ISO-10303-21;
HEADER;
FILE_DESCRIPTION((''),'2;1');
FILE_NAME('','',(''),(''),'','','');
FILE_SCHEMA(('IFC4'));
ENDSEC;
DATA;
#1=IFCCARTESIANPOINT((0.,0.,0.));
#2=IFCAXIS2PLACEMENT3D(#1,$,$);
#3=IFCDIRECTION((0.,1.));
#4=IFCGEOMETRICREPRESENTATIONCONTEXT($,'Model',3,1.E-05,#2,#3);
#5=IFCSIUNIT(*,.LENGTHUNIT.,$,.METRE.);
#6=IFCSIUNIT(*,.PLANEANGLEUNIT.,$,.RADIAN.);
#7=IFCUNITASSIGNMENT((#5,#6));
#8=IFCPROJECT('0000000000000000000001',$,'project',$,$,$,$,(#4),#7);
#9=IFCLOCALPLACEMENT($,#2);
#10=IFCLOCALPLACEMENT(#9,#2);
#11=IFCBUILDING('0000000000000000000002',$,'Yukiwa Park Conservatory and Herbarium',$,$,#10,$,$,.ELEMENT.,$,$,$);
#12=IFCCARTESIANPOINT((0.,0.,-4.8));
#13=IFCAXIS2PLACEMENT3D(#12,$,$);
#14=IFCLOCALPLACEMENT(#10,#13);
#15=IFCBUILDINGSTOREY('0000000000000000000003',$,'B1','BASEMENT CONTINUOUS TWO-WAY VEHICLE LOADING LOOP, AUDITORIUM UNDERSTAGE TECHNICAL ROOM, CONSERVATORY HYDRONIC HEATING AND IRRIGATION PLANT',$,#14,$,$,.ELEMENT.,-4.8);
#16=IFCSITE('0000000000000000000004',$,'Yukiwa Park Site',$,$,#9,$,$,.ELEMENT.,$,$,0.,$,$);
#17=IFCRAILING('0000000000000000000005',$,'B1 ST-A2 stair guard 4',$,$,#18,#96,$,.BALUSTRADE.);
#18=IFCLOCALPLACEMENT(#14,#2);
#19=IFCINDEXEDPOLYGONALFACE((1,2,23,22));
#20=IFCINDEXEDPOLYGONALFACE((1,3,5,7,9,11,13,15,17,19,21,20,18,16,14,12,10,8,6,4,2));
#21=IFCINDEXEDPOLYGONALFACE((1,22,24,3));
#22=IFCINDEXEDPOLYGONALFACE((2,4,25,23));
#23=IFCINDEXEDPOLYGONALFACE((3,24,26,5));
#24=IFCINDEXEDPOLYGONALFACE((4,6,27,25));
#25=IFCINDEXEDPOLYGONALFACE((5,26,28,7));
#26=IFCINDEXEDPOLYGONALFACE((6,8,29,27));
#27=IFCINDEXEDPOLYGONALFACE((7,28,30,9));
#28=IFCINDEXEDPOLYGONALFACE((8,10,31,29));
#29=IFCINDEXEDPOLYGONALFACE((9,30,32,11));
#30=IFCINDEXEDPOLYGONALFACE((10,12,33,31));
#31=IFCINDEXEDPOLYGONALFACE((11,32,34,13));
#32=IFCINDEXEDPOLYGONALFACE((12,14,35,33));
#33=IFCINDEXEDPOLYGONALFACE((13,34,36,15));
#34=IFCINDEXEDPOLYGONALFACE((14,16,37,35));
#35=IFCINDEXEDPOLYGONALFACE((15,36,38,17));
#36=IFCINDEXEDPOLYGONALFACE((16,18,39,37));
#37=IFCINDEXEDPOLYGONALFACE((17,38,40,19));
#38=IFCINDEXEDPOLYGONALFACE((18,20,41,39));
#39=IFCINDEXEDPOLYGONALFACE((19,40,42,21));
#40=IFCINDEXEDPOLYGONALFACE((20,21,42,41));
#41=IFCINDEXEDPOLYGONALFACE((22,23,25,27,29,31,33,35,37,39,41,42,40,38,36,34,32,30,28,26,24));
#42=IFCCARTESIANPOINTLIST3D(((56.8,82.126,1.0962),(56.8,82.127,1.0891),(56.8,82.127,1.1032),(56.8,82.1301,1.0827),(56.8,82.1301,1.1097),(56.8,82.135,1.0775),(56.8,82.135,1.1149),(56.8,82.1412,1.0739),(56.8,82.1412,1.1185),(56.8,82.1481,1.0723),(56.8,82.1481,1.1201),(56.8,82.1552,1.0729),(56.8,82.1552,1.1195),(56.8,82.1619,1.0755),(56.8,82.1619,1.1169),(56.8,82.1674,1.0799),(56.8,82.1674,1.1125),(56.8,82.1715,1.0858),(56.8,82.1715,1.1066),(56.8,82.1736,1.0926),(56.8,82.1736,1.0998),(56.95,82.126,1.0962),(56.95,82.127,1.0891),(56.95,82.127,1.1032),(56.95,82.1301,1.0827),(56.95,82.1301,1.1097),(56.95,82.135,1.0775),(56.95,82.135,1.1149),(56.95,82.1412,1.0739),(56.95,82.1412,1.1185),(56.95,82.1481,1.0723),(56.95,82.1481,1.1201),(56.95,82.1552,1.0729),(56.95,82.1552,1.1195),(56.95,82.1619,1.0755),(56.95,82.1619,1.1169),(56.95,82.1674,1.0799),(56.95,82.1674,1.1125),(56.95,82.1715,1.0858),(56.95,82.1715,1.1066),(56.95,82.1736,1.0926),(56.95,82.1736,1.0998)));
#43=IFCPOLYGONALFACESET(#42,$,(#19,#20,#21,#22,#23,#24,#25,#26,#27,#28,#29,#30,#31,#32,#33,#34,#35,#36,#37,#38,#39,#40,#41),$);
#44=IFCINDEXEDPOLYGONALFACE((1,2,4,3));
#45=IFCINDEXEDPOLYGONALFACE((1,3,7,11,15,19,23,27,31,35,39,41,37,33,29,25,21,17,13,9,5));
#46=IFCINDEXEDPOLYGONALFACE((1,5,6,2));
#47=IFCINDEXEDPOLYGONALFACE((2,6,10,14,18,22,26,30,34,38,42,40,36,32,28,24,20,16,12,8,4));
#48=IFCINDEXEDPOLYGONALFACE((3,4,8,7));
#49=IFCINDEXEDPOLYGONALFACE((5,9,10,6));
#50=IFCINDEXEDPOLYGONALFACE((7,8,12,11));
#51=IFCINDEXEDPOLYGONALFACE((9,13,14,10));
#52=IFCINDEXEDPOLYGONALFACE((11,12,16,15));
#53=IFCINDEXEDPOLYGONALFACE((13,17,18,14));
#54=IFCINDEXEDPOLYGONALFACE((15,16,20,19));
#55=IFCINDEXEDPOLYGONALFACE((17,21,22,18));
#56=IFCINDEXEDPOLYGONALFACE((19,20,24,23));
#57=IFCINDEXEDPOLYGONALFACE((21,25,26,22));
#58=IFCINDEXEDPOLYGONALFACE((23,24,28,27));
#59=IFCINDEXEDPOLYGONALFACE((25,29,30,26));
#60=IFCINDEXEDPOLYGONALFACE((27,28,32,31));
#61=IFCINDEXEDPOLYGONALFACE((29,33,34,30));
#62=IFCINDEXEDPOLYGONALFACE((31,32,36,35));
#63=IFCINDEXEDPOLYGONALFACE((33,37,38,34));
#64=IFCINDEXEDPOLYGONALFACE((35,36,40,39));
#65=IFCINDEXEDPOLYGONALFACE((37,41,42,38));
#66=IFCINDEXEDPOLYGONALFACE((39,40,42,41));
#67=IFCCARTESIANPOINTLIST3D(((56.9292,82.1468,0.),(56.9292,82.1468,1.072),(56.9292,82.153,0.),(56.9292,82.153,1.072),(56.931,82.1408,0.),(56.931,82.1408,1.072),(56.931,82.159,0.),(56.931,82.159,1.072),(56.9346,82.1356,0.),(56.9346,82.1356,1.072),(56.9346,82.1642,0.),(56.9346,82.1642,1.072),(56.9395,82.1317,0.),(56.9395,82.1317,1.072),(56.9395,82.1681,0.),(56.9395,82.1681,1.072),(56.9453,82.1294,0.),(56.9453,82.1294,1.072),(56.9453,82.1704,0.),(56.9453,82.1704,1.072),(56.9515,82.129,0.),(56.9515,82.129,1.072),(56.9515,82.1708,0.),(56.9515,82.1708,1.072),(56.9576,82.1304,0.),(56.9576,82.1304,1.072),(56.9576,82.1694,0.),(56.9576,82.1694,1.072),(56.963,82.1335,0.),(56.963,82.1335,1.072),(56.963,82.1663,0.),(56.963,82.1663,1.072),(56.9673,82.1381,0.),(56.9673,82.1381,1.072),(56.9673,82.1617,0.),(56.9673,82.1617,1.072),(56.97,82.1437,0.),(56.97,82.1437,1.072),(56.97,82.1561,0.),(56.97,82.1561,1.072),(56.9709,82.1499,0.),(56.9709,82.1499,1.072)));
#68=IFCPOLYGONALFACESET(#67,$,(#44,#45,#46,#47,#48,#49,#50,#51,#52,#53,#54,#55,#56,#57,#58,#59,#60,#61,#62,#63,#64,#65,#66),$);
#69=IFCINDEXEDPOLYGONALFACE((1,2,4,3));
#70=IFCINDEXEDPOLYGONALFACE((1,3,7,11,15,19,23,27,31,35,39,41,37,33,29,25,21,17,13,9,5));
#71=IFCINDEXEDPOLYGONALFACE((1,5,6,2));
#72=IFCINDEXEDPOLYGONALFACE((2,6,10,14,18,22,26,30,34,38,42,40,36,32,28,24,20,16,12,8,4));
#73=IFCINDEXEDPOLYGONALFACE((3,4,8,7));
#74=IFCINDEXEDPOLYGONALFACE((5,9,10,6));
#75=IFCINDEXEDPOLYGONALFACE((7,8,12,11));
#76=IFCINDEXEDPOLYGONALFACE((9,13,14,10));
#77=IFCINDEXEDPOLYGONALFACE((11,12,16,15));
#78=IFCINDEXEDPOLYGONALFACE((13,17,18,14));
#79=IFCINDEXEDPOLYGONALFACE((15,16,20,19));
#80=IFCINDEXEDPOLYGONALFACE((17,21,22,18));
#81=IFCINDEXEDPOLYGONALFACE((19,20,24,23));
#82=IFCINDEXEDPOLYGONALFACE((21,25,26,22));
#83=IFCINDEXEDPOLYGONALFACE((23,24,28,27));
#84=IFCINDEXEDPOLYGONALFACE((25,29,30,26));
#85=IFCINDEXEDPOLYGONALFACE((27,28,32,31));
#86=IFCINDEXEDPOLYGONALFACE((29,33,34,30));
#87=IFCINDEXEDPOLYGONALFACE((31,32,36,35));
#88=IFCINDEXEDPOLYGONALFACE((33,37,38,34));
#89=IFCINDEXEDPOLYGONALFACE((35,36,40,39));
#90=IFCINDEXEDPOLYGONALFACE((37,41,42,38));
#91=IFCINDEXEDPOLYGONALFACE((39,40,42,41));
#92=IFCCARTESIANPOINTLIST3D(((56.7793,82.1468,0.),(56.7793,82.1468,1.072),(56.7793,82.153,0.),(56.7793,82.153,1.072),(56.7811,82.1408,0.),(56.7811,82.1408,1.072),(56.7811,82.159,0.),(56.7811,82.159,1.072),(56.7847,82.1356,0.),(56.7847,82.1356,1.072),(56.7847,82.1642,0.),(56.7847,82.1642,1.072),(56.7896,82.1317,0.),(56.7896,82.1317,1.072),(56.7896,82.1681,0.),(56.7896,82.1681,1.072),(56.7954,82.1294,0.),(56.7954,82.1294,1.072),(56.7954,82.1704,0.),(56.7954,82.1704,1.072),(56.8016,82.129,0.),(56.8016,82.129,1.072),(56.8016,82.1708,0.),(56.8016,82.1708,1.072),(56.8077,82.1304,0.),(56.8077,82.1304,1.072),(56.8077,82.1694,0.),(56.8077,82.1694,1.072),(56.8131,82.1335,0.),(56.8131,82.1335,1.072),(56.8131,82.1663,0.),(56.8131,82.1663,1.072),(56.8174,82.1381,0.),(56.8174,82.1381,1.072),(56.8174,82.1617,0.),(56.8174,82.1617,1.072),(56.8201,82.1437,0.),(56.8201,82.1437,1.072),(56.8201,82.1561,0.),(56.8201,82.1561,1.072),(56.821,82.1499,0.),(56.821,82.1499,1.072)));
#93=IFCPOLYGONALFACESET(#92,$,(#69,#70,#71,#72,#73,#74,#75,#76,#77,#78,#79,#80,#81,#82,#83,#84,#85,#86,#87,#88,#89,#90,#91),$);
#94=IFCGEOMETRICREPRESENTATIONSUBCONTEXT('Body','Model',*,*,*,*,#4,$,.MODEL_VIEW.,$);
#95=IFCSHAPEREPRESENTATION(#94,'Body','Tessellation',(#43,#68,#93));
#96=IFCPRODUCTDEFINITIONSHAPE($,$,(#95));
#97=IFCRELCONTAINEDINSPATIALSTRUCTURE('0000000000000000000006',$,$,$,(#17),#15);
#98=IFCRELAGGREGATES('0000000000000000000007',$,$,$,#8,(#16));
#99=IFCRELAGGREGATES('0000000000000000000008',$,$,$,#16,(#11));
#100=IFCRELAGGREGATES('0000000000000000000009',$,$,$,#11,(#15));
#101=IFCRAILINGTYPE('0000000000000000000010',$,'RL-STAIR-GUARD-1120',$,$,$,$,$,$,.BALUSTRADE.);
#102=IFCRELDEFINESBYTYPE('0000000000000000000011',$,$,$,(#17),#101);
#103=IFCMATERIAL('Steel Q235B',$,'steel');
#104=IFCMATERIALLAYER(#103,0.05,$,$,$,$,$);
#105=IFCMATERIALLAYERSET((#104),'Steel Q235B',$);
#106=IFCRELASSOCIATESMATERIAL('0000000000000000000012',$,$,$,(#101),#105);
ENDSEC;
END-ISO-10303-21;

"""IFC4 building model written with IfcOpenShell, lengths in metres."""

from ifc_helpers import new_model, si_unit, direction, frame, origin, origin_2d, place, context, subcontext, project, spatial, circle, extrude, material, layer, layer_set, type_object, element, save


model = new_model("IFC4")

# Units and contexts
model_context = context("Model", 3, precision=1e-05, world=origin(), true_north=direction((0.0, 1.0)))
body_context = subcontext(model_context, "Body", "Model", "MODEL_VIEW")
ifc_project = project(units=[si_unit("LENGTHUNIT", "METRE"), si_unit("PLANEANGLEUNIT", "RADIAN")], contexts=[model_context])

# Site, building, storey
site_placement = place(None, origin())
site = spatial("IfcSite", under=ifc_project, at=site_placement, Name="Yukiwa Park Site", CompositionType="ELEMENT", RefElevation=0.0)
building_placement = place(site_placement, origin())
building = spatial("IfcBuilding", under=site, at=building_placement, Name="Yukiwa Park Conservatory and Herbarium", CompositionType="ELEMENT")
storey_placement = place(building_placement, frame((0.0, 0.0, -4.8)))
storey = spatial("IfcBuildingStorey", under=building, at=storey_placement, Name="B1", Description="BASEMENT CONTINUOUS TWO-WAY VEHICLE LOADING LOOP, AUDITORIUM UNDERSTAGE TECHNICAL ROOM, CONSERVATORY HYDRONIC HEATING AND IRRIGATION PLANT", CompositionType="ELEMENT", Elevation=-4.8)

# Railing
ifc_material_1 = material(Name="Steel Q235B", Category="steel")
ifc_layer_1 = layer(ifc_material_1, 0.05)
ifc_layer_set_1 = layer_set([ifc_layer_1], Name="Steel Q235B")
railing_type_1 = type_object("IfcRailingType", Name="RL-STAIR-GUARD-1120", PredefinedType="BALUSTRADE", material=ifc_layer_set_1)
railing_1_placement = place(storey_placement, frame((56.95, 82.1499, 0.0)))
element("IfcRailing", 1, at=railing_1_placement, inside=storey, type_object=railing_type_1, Name="B1 ST-A2 stair guard 4", PredefinedType="BALUSTRADE", context=body_context, shape_type="SweptSolid", body=[
    extrude(circle(Radius=0.0239, at=origin_2d()), frame((0.0, 0.0, 1.0962), z_axis=(-1.0, 0.0, 0.0), x_axis=(0.0, -1.0, 0.0)), (0.0, 0.0, 1.0), 0.1499),
    extrude(circle(Radius=0.021, at=origin_2d()), origin(), (0.0, 0.0, 1.0), 1.072),
    extrude(circle(Radius=0.021, at=origin_2d()), frame((-0.1499, 0.0, 0.0)), (0.0, 0.0, 1.0), 1.072),
])

save(model, "model.ifc")
